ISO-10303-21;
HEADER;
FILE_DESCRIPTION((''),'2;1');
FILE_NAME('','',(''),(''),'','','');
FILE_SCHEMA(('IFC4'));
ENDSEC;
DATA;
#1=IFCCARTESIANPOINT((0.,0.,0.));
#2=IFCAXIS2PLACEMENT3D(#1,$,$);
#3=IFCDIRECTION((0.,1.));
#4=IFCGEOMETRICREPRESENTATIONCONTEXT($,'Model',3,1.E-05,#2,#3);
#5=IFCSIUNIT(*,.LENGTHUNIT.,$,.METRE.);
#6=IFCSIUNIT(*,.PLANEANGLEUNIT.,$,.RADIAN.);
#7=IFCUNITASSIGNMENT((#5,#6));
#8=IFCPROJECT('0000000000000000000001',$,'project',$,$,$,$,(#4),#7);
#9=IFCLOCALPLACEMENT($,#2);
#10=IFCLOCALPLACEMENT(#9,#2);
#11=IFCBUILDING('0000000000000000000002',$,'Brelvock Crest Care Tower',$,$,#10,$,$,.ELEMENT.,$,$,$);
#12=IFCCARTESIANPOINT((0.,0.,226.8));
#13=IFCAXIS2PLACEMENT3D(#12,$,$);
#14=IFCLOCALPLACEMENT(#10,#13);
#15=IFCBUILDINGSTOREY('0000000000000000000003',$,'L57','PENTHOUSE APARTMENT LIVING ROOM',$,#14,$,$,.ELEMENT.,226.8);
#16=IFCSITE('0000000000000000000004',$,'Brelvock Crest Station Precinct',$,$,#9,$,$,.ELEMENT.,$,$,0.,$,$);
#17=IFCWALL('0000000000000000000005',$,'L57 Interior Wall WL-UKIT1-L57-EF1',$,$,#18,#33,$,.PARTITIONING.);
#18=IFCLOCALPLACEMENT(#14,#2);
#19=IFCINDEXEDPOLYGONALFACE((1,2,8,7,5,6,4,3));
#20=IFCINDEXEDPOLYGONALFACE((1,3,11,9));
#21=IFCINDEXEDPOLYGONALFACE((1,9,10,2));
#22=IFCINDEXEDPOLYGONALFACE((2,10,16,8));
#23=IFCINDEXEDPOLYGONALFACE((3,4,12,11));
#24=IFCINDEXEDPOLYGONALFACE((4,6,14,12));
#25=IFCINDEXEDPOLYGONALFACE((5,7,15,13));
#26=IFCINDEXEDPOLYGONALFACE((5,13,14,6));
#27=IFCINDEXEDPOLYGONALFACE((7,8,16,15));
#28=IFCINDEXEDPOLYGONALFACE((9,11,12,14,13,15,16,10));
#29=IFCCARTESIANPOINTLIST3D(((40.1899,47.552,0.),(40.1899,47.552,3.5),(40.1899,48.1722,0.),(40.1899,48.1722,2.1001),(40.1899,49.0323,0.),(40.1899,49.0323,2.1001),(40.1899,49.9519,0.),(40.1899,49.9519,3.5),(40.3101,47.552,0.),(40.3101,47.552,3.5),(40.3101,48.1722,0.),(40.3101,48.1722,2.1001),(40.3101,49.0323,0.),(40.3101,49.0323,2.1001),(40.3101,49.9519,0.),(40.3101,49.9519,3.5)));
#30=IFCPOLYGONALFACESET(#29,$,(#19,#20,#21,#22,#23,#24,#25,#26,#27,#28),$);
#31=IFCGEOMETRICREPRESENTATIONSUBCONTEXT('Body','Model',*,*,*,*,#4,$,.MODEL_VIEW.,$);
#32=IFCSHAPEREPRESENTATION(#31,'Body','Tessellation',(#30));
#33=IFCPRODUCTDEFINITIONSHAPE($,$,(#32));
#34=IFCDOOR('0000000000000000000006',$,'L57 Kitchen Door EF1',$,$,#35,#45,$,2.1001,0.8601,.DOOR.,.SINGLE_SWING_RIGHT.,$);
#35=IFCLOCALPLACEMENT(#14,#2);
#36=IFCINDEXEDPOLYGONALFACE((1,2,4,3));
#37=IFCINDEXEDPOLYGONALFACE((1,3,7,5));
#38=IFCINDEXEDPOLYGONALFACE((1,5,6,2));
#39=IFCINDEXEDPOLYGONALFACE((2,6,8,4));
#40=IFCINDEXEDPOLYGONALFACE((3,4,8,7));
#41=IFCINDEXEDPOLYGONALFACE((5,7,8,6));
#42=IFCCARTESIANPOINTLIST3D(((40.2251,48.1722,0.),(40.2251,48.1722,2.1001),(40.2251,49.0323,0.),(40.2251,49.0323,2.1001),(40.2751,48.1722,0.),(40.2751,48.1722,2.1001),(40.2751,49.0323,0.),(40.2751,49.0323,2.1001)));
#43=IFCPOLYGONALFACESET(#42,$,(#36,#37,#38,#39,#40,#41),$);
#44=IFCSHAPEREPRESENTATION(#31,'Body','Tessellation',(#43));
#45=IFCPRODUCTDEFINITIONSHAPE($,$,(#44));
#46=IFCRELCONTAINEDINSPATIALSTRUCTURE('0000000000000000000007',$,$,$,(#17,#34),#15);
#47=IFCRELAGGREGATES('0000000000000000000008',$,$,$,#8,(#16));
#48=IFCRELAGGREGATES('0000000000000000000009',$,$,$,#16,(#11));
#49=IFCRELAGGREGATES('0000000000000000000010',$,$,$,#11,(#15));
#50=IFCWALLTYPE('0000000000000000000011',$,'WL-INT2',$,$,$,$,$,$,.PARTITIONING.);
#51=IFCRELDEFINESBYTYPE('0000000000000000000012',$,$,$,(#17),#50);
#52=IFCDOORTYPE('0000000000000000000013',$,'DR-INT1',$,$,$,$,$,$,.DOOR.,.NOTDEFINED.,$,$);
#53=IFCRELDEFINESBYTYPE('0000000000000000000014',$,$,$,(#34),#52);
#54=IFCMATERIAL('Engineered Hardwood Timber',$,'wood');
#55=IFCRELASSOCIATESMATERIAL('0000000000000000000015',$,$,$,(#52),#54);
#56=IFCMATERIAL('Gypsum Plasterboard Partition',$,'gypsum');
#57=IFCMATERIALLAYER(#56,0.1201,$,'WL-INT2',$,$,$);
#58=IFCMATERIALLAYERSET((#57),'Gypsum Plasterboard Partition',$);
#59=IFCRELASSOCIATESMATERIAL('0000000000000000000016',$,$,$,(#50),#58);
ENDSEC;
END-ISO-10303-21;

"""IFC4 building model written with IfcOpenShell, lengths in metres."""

from ifc_helpers import new_model, si_unit, direction, frame, frame_2d, origin, origin_2d, place, context, subcontext, project, spatial, rectangle, extrude, source, transform, mapped, material, layer, layer_set, type_object, element, fill, save


model = new_model("IFC4")

# Units and contexts
model_context = context("Model", 3, precision=1e-05, world=origin(), true_north=direction((0.0, 1.0)))
body_context = subcontext(model_context, "Body", "Model", "MODEL_VIEW")
ifc_project = project(units=[si_unit("LENGTHUNIT", "METRE"), si_unit("PLANEANGLEUNIT", "RADIAN")], contexts=[model_context])

# Site, building, storey
site_placement = place(None, origin())
site = spatial("IfcSite", under=ifc_project, at=site_placement, Name="Brelvock Crest Station Precinct", CompositionType="ELEMENT", RefElevation=0.0)
building_placement = place(site_placement, origin())
building = spatial("IfcBuilding", under=site, at=building_placement, Name="Brelvock Crest Care Tower", CompositionType="ELEMENT")
storey_placement = place(building_placement, frame((0.0, 0.0, 226.8)))
storey = spatial("IfcBuildingStorey", under=building, at=storey_placement, Name="L57", Description="PENTHOUSE APARTMENT LIVING ROOM", CompositionType="ELEMENT", Elevation=226.8)

# Shared definitions
ifc_material_1 = material(Name="Engineered Hardwood Timber", Category="wood")
door_type = type_object("IfcDoorType", Name="DR-INT1", OperationType="NOTDEFINED", PredefinedType="DOOR", material=ifc_material_1)
shared_shape_1 = source(origin(), body_context, "Body", "SweptSolid", [
    extrude(rectangle(XDim=0.8601, YDim=2.1001, at=origin_2d()), frame((0.4302, 0.0249, 1.05), z_axis=(0.0, -1.0, 0.0), x_axis=(1.0, 0.0, 0.0)), (0.0, 0.0, 1.0), 0.05),
])

# Shared definitions
ifc_material_2 = material(Name="Gypsum Plasterboard Partition", Category="gypsum")
ifc_layer_1 = layer(ifc_material_2, 0.1201, Name="WL-INT2")
ifc_layer_set_1 = layer_set([ifc_layer_1], Name="Gypsum Plasterboard Partition")
wall_type_1 = type_object("IfcWallType", Name="WL-INT2", PredefinedType="PARTITIONING", material=ifc_layer_set_1)

# Wall, opening, door
wall_1_placement = place(storey_placement, frame((40.25, 47.552, 0.0), z_axis=(0.0, 0.0, 1.0), x_axis=(0.0, 1.0, 0.0)))
wall_1 = element("IfcWall", 1, at=wall_1_placement, inside=storey, type_object=wall_type_1, Name="L57 Interior Wall WL-UKIT1-L57-EF1", PredefinedType="PARTITIONING", context=body_context, shape_type="SweptSolid", body=[
    extrude(rectangle(XDim=2.3999, YDim=0.1201, at=frame_2d((1.2, 0.0))), origin(), (0.0, 0.0, 1.0), 3.5),
])
opening_1_placement = place(wall_1_placement, frame((0.6201, 0.0, 0.0)))
opening_1 = element("IfcOpeningElement", 2, at=opening_1_placement, cuts=wall_1, PredefinedType="OPENING", context=body_context, shape_type="SweptSolid", body=[
    extrude(rectangle(XDim=0.8601, YDim=2.1001, at=origin_2d()), frame((0.4302, 0.0701, 1.05), z_axis=(0.0, -1.0, 0.0), x_axis=(1.0, 0.0, 0.0)), (0.0, 0.0, 1.0), 0.1401),
])
door_1_placement = place(opening_1_placement, origin())
door_1 = element("IfcDoor", 3, at=door_1_placement, inside=storey, type_object=door_type, Name="L57 Kitchen Door EF1", OperationType="SINGLE_SWING_RIGHT", OverallHeight=2.1001, OverallWidth=0.8601, PredefinedType="DOOR", context=body_context, shape_type="MappedRepresentation", body=[
    mapped(shared_shape_1, transform((0.0, 0.0, 0.0), x_axis=(1.0, 0.0, 0.0), y_axis=(0.0, 1.0, 0.0), z_axis=(0.0, 0.0, 1.0), scale=1.0)),
])
fill(opening_1, door_1)

save(model, "model.ifc")
